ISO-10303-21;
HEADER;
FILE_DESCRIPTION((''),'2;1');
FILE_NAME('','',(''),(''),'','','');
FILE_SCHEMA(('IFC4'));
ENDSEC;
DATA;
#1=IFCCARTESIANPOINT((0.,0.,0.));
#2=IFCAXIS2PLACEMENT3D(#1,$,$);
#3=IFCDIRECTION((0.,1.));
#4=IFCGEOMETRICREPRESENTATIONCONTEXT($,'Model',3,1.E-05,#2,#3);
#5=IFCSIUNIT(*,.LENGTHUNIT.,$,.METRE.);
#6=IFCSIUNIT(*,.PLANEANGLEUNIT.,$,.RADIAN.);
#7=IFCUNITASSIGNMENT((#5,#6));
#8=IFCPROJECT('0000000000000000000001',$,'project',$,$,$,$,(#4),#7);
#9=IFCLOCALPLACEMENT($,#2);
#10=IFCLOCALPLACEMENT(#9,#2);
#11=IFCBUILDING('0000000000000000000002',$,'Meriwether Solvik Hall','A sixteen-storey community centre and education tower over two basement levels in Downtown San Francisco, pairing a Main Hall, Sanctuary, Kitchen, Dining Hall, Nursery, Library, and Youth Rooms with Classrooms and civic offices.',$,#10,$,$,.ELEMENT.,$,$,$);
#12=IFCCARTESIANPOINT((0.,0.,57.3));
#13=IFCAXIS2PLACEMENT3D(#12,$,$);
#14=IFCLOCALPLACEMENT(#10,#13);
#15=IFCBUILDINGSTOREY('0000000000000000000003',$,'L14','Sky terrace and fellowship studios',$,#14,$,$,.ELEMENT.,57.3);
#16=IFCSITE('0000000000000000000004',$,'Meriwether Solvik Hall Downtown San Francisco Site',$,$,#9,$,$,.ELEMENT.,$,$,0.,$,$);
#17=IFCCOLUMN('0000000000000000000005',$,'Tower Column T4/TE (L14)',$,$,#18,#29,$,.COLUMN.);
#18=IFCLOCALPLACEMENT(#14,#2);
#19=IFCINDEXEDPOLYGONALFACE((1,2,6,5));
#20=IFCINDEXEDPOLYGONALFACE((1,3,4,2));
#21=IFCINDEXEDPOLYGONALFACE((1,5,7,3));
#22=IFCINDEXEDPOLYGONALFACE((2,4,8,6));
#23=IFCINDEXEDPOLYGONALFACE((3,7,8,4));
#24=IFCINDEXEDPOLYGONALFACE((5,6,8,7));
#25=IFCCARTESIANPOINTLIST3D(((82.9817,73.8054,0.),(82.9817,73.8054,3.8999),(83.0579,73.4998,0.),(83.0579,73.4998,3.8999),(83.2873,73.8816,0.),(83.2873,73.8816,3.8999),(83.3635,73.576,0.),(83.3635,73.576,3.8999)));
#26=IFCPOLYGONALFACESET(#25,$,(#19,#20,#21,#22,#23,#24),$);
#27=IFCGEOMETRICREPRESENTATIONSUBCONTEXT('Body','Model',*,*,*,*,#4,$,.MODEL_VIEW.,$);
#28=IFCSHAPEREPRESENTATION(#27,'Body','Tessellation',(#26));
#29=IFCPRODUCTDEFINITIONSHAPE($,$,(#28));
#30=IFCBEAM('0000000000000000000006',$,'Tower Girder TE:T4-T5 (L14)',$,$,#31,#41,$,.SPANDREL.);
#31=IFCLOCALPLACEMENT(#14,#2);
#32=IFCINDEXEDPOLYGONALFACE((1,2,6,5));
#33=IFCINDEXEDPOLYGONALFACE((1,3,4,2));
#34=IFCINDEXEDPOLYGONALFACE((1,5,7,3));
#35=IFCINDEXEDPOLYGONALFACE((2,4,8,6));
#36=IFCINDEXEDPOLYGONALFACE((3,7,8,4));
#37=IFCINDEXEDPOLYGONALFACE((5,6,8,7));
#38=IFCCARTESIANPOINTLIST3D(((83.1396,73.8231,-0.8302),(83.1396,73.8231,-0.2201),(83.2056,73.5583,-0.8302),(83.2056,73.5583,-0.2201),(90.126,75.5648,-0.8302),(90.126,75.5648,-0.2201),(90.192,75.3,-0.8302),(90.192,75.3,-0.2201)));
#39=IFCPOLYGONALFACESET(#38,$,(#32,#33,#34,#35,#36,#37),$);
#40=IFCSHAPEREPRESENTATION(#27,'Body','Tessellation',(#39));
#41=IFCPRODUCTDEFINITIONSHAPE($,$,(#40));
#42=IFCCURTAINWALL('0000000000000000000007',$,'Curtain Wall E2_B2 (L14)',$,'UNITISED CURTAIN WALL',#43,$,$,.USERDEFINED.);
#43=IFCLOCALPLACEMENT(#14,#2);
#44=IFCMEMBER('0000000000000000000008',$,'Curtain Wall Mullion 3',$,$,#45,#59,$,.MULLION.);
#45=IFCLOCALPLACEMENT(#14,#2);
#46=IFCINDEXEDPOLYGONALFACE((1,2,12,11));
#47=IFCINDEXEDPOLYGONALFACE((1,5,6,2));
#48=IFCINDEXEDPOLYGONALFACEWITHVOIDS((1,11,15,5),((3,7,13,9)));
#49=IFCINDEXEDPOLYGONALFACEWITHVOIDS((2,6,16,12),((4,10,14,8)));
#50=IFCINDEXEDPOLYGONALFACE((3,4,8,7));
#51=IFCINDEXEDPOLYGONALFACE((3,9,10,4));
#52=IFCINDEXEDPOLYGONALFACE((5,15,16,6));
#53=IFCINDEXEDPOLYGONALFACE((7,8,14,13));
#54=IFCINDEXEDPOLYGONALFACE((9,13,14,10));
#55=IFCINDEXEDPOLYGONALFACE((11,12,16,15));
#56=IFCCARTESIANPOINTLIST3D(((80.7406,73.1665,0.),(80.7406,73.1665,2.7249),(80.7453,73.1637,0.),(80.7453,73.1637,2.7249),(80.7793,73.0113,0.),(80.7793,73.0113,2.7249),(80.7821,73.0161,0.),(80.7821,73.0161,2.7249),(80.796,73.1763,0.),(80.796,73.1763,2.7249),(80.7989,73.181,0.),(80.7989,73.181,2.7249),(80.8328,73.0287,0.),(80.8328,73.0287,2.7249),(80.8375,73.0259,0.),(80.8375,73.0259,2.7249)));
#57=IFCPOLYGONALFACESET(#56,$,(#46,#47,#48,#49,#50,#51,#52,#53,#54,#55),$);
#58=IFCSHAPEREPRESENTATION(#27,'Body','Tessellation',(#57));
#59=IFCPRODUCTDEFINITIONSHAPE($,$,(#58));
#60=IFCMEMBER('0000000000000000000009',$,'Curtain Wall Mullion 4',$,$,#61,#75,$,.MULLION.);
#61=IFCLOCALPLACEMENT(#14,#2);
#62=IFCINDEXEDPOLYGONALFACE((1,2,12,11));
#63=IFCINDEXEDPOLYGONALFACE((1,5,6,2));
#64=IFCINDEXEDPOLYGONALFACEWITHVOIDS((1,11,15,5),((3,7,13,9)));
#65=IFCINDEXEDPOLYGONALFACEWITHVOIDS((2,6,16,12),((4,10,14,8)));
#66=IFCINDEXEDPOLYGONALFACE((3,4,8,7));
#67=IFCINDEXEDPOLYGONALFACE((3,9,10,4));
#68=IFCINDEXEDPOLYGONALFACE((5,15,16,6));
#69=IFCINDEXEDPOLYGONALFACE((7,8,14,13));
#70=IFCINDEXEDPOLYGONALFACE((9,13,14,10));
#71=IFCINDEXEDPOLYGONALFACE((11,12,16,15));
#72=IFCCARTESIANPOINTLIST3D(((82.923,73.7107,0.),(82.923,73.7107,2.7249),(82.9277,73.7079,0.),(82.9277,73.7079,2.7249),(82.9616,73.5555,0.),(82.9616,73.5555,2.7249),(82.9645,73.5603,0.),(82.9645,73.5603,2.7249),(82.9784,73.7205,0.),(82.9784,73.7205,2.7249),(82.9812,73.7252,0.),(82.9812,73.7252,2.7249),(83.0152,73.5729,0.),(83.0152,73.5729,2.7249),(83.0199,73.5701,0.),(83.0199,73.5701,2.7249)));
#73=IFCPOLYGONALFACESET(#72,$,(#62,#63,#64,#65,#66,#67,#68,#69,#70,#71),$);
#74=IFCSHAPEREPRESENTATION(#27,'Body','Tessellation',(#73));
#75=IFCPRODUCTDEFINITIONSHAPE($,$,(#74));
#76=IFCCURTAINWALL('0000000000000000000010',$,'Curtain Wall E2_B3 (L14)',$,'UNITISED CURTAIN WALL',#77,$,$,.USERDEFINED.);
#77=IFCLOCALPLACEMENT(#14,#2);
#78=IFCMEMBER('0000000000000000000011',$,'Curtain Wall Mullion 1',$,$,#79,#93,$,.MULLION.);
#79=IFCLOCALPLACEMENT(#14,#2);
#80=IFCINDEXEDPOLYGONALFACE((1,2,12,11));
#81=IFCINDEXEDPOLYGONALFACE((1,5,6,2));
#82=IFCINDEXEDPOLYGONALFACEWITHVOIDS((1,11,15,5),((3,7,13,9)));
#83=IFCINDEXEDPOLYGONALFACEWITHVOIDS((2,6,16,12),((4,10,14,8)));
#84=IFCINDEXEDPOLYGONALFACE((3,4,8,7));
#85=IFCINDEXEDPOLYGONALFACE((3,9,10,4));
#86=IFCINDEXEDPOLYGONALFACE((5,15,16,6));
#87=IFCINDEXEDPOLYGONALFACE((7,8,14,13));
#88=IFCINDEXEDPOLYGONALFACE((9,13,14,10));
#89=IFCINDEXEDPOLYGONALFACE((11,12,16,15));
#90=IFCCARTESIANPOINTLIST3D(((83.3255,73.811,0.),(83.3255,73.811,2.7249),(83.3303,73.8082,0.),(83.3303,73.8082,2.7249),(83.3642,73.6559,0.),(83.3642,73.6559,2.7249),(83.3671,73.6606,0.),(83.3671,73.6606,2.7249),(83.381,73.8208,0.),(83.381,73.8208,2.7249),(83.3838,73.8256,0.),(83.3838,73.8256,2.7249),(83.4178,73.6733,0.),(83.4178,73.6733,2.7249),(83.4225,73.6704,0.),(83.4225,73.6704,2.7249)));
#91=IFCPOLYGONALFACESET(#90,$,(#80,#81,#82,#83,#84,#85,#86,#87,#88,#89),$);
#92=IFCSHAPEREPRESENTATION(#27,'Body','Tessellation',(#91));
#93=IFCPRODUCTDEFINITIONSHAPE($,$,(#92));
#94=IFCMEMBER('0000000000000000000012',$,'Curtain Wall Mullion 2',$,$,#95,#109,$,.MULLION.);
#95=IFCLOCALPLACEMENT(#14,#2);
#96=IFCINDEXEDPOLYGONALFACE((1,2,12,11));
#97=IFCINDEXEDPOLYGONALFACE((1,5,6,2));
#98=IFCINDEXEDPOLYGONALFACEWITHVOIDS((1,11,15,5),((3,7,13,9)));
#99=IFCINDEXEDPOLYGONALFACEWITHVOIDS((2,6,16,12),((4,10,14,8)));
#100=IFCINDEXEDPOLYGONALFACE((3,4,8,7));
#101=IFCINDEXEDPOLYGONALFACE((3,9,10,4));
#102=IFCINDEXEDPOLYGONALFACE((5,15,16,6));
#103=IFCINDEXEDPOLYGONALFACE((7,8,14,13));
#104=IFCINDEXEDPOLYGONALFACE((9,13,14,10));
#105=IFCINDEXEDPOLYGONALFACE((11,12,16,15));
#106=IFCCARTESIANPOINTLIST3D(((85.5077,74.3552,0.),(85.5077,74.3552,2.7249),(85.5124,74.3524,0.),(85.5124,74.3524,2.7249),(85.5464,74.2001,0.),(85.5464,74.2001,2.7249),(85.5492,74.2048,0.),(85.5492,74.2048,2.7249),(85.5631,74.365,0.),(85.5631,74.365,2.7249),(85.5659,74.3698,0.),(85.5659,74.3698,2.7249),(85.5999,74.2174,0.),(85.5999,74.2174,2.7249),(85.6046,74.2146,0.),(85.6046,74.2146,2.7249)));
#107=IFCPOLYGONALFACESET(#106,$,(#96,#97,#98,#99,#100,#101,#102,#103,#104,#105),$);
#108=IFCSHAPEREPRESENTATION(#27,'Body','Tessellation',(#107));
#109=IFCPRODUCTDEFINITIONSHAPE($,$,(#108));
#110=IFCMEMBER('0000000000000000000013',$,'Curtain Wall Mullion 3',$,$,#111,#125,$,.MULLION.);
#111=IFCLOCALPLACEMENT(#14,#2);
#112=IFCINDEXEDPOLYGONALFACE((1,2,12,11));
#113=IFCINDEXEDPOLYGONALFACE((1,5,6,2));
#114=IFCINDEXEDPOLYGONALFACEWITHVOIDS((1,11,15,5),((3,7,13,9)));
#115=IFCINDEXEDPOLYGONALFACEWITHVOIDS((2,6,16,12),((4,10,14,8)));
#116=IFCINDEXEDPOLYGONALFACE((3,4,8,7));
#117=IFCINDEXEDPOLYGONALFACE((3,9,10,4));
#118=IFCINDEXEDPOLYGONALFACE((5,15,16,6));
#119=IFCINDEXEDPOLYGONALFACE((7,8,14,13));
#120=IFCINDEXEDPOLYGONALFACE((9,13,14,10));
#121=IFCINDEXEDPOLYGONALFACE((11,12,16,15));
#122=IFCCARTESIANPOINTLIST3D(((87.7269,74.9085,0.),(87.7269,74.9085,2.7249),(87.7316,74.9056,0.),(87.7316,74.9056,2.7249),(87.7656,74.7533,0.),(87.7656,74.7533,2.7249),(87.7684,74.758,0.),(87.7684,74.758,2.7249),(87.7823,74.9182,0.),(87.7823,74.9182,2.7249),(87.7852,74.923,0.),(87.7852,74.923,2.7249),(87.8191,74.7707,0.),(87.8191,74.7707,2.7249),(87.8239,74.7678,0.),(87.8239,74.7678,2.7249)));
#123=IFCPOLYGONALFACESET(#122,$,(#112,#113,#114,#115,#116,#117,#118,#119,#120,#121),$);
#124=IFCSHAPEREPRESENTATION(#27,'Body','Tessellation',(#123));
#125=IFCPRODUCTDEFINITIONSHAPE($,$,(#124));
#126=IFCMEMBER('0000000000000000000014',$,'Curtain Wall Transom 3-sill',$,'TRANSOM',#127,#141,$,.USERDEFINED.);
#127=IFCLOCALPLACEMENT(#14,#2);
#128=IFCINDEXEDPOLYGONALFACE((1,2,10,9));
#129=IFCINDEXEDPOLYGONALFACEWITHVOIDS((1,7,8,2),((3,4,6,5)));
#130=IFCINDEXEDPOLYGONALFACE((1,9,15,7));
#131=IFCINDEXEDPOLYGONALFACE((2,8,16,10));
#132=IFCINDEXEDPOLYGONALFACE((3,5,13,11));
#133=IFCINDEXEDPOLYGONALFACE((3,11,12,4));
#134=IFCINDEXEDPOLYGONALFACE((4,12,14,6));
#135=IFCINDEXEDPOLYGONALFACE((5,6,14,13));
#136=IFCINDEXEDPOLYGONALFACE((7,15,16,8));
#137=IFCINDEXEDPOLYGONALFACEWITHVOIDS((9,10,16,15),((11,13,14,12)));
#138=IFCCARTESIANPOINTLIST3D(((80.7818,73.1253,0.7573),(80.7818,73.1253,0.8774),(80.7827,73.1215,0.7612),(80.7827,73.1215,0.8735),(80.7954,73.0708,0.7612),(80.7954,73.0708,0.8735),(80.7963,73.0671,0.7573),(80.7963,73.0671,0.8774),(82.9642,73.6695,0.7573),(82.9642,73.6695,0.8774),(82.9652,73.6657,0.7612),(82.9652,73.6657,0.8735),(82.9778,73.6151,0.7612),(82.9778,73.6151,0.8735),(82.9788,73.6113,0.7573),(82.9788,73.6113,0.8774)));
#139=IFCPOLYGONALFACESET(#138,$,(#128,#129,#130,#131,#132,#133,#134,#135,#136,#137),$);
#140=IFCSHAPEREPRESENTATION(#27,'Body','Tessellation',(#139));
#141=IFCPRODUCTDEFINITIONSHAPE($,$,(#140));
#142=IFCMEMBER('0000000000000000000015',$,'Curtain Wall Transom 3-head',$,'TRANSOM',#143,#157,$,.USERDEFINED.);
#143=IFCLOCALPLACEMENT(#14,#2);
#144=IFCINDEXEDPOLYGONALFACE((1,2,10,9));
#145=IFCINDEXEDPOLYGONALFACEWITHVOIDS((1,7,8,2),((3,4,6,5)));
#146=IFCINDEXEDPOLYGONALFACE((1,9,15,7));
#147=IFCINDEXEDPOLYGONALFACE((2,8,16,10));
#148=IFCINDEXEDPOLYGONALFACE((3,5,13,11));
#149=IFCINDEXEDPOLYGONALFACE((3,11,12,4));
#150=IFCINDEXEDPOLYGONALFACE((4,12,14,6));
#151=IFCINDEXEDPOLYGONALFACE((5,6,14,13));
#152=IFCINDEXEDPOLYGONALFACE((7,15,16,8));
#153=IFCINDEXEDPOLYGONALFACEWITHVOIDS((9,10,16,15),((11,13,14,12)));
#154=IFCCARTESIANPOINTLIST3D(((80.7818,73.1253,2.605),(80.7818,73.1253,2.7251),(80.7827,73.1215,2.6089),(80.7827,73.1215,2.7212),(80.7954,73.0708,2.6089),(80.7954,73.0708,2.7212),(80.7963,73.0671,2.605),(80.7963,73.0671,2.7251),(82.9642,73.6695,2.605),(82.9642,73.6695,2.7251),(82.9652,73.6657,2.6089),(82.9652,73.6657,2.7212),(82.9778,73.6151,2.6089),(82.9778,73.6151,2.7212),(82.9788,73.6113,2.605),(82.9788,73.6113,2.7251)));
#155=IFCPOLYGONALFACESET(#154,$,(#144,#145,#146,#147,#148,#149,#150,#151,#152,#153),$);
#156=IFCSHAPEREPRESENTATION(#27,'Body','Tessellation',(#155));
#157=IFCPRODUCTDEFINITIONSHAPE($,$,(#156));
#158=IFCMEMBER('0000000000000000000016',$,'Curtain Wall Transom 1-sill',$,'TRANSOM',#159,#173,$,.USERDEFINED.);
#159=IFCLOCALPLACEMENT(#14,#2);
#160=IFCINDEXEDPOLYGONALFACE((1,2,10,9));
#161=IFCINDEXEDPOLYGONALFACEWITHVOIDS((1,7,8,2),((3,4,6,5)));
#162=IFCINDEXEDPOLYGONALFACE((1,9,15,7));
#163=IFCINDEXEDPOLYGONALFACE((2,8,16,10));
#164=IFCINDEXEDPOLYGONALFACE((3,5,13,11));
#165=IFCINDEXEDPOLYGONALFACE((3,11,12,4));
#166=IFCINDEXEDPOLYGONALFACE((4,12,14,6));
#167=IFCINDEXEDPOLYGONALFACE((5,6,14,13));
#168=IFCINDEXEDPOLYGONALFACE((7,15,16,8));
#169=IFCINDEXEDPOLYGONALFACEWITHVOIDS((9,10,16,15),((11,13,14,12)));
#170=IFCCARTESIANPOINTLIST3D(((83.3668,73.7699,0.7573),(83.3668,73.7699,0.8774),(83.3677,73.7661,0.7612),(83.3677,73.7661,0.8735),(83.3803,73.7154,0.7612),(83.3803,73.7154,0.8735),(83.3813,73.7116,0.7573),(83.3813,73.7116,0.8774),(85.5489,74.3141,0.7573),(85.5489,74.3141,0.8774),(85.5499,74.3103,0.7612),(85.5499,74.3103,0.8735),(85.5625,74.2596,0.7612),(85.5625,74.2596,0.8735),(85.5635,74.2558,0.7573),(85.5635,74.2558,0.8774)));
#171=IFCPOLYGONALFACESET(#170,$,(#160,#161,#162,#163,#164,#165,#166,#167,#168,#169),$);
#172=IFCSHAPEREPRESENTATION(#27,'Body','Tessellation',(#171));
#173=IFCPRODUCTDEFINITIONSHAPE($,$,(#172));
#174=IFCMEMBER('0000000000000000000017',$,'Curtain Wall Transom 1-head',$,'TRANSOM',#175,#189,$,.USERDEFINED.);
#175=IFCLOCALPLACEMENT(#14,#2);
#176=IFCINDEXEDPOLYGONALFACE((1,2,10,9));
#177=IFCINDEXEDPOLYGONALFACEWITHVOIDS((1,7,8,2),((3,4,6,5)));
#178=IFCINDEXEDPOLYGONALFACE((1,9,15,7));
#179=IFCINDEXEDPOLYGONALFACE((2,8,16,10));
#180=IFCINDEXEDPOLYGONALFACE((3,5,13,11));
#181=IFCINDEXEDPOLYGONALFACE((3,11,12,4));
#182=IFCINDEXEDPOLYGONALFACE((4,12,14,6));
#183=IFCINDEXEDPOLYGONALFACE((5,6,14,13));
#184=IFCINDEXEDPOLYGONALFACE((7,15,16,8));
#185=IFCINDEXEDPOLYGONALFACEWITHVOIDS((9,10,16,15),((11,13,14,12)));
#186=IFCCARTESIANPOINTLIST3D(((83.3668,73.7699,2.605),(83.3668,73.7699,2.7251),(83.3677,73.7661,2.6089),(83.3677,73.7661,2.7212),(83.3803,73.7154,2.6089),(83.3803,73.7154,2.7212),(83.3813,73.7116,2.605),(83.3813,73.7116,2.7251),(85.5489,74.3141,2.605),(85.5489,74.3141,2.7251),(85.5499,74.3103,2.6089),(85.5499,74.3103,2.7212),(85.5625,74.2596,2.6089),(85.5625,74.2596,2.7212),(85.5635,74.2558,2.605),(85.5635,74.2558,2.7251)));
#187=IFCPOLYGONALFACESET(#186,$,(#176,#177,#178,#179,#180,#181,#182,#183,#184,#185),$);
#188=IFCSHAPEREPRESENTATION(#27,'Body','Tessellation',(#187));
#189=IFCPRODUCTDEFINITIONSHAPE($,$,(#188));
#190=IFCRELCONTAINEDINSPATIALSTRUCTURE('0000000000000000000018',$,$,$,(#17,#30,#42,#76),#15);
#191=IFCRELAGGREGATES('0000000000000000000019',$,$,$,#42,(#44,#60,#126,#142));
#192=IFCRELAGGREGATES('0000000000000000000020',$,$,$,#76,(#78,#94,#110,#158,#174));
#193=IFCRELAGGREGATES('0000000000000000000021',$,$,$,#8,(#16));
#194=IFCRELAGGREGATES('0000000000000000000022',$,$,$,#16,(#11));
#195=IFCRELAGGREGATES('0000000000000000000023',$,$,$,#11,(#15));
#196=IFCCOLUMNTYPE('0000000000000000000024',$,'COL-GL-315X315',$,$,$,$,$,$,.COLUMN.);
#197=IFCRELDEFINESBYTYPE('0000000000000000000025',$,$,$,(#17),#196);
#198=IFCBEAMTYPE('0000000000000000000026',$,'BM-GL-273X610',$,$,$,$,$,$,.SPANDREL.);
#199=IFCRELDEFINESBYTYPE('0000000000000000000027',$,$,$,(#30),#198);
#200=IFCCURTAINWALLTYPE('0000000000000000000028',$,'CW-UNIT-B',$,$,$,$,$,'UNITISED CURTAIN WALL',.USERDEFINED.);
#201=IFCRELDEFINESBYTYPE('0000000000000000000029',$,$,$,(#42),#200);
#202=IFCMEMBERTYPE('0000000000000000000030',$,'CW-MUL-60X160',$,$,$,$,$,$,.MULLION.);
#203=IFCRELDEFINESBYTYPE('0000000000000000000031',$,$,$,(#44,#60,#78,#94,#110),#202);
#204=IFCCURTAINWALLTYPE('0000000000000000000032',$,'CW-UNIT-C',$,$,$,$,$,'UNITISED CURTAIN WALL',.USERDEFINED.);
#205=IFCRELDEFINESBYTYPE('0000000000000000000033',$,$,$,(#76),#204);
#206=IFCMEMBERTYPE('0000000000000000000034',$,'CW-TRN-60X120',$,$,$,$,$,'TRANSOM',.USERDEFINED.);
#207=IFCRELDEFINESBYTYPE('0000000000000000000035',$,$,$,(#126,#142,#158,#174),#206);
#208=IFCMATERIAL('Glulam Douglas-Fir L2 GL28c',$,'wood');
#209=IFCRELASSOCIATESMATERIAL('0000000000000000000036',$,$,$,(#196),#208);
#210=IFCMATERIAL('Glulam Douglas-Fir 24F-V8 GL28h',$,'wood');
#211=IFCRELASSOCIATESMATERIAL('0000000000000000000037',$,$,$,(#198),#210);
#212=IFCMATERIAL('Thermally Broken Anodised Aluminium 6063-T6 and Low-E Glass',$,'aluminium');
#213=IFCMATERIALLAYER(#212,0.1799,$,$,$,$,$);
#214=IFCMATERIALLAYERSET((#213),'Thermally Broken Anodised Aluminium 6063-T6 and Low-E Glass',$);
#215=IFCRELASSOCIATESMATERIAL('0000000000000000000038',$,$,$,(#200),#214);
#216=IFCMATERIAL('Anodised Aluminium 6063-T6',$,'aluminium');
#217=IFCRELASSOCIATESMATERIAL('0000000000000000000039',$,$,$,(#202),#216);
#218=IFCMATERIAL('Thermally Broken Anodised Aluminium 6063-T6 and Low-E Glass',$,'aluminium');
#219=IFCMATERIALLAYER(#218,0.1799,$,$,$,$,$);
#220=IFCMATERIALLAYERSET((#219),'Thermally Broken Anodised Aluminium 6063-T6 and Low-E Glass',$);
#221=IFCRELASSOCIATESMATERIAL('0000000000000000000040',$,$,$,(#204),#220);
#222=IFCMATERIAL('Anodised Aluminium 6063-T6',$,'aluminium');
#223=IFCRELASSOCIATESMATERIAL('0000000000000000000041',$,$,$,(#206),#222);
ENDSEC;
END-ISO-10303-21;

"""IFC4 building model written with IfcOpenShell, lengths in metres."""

from ifc_helpers import new_model, si_unit, direction, frame, origin, origin_2d, place, context, subcontext, project, spatial, rectangle, hollow_rectangle, extrude, material, layer, layer_set, material_profile, profile_set, type_object, element, aggregate, save


model = new_model("IFC4")

# Units and contexts
model_context = context("Model", 3, precision=1e-05, world=origin(), true_north=direction((0.0, 1.0)))
body_context = subcontext(model_context, "Body", "Model", "MODEL_VIEW")
ifc_project = project(units=[si_unit("LENGTHUNIT", "METRE"), si_unit("PLANEANGLEUNIT", "RADIAN")], contexts=[model_context])

# Site, building, storey
site_placement = place(None, origin())
site = spatial("IfcSite", under=ifc_project, at=site_placement, Name="Meriwether Solvik Hall Downtown San Francisco Site", CompositionType="ELEMENT", RefElevation=0.0)
building_placement = place(site_placement, origin())
building = spatial("IfcBuilding", under=site, at=building_placement, Name="Meriwether Solvik Hall", Description="A sixteen-storey community centre and education tower over two basement levels in Downtown San Francisco, pairing a Main Hall, Sanctuary, Kitchen, Dining Hall, Nursery, Library, and Youth Rooms with Classrooms and civic offices.", CompositionType="ELEMENT")
storey_placement = place(building_placement, frame((0.0, 0.0, 57.3)))
storey = spatial("IfcBuildingStorey", under=building, at=storey_placement, Name="L14", Description="Sky terrace and fellowship studios", CompositionType="ELEMENT", Elevation=57.3)

# Column
ifc_material_1 = material(Name="Glulam Douglas-Fir L2 GL28c", Category="wood")
ifc_material_profile_1 = material_profile(ifc_material_1, rectangle(XDim=0.3149, YDim=0.3149, at=origin_2d()), Name="GLC-315X315")
ifc_profile_set_1 = profile_set([ifc_material_profile_1], Name="Glulam Douglas-Fir L2 GL28c")
column_type = type_object("IfcColumnType", Name="COL-GL-315X315", PredefinedType="COLUMN", material=ifc_profile_set_1)
column_placement = place(storey_placement, frame((83.1726, 73.6907, 0.0), z_axis=(0.0, 0.0, 1.0), x_axis=(0.970296, 0.241922, 0.0)))
element("IfcColumn", 1, at=column_placement, inside=storey, type_object=column_type, Name="Tower Column T4/TE (L14)", PredefinedType="COLUMN", context=body_context, shape_type="SweptSolid", body=[
    extrude(rectangle(XDim=0.3149, YDim=0.3149, at=origin_2d()), origin(), (0.0, 0.0, 1.0), 3.8999),
])

# Beam
ifc_material_2 = material(Name="Glulam Douglas-Fir 24F-V8 GL28h", Category="wood")
ifc_material_profile_2 = material_profile(ifc_material_2, rectangle(XDim=0.2729, YDim=0.6101, at=origin_2d()), Name="GLB-273X610")
ifc_profile_set_2 = profile_set([ifc_material_profile_2], Name="Glulam Douglas-Fir 24F-V8 GL28h")
beam_type_1 = type_object("IfcBeamType", Name="BM-GL-273X610", PredefinedType="SPANDREL", material=ifc_profile_set_2)
beam_1_placement = place(storey_placement, frame((83.1726, 73.6907, -0.5251), z_axis=(0.970302, 0.241897, 0.0), x_axis=(-0.241897, 0.970302, 0.0)))
element("IfcBeam", 2, at=beam_1_placement, inside=storey, type_object=beam_type_1, Name="Tower Girder TE:T4-T5 (L14)", PredefinedType="SPANDREL", context=body_context, shape_type="SweptSolid", body=[
    extrude(rectangle(XDim=0.2729, YDim=0.6101, at=origin_2d()), origin(), (0.0, 0.0, 1.0), 7.2002),
])

# Curtain walls, members
ifc_material_3 = material(Name="Thermally Broken Anodised Aluminium 6063-T6 and Low-E Glass", Category="aluminium")
ifc_layer_1 = layer(ifc_material_3, 0.1799)
ifc_layer_set_1 = layer_set([ifc_layer_1], Name="Thermally Broken Anodised Aluminium 6063-T6 and Low-E Glass")
curtain_wall_type_1 = type_object("IfcCurtainWallType", Name="CW-UNIT-B", ElementType="UNITISED CURTAIN WALL", PredefinedType="USERDEFINED", material=ifc_layer_set_1)
curtain_wall_1_placement = place(storey_placement, origin())
curtain_wall_1 = element("IfcCurtainWall", 3, at=curtain_wall_1_placement, inside=storey, type_object=curtain_wall_type_1, Name="Curtain Wall E2_B2 (L14)", ObjectType="UNITISED CURTAIN WALL", PredefinedType="USERDEFINED")
ifc_material_4 = material(Name="Anodised Aluminium 6063-T6", Category="aluminium")
ifc_material_profile_3 = material_profile(ifc_material_4, hollow_rectangle(XDim=0.0601, YDim=0.1599, WallThickness=0.0039, at=origin_2d()), Name="CWM-60X160")
ifc_profile_set_3 = profile_set([ifc_material_profile_3], Name="Anodised Aluminium 6063-T6")
member_type_1 = type_object("IfcMemberType", Name="CW-MUL-60X160", PredefinedType="MULLION", material=ifc_profile_set_3)
member_1_placement = place(storey_placement, frame((80.7891, 73.0962, 0.0), z_axis=(0.0, 0.0, 1.0), x_axis=(0.970296, 0.241922, 0.0)))
member_1 = element("IfcMember", 4, at=member_1_placement, type_object=member_type_1, Name="Curtain Wall Mullion 3", PredefinedType="MULLION", context=body_context, shape_type="SweptSolid", body=[
    extrude(hollow_rectangle(XDim=0.0601, YDim=0.1599, WallThickness=0.0039, at=origin_2d()), origin(), (0.0, 0.0, 1.0), 2.7249),
])
member_2_placement = place(storey_placement, frame((82.9714, 73.6404, 0.0), z_axis=(0.0, 0.0, 1.0), x_axis=(0.970296, 0.241922, 0.0)))
member_2 = element("IfcMember", 5, at=member_2_placement, type_object=member_type_1, Name="Curtain Wall Mullion 4", PredefinedType="MULLION", context=body_context, shape_type="SweptSolid", body=[
    extrude(hollow_rectangle(XDim=0.0601, YDim=0.1599, WallThickness=0.0039, at=origin_2d()), origin(), (0.0, 0.0, 1.0), 2.7249),
])
ifc_material_5 = material(Name="Thermally Broken Anodised Aluminium 6063-T6 and Low-E Glass", Category="aluminium")
ifc_layer_2 = layer(ifc_material_5, 0.1799)
ifc_layer_set_2 = layer_set([ifc_layer_2], Name="Thermally Broken Anodised Aluminium 6063-T6 and Low-E Glass")
curtain_wall_type_2 = type_object("IfcCurtainWallType", Name="CW-UNIT-C", ElementType="UNITISED CURTAIN WALL", PredefinedType="USERDEFINED", material=ifc_layer_set_2)
curtain_wall_2_placement = place(storey_placement, origin())
curtain_wall_2 = element("IfcCurtainWall", 6, at=curtain_wall_2_placement, inside=storey, type_object=curtain_wall_type_2, Name="Curtain Wall E2_B3 (L14)", ObjectType="UNITISED CURTAIN WALL", PredefinedType="USERDEFINED")
member_3_placement = place(storey_placement, frame((83.374, 73.7407, 0.0), z_axis=(0.0, 0.0, 1.0), x_axis=(0.970296, 0.241922, 0.0)))
member_3 = element("IfcMember", 7, at=member_3_placement, type_object=member_type_1, Name="Curtain Wall Mullion 1", PredefinedType="MULLION", context=body_context, shape_type="SweptSolid", body=[
    extrude(hollow_rectangle(XDim=0.0601, YDim=0.1599, WallThickness=0.0039, at=origin_2d()), origin(), (0.0, 0.0, 1.0), 2.7249),
])
member_4_placement = place(storey_placement, frame((85.5562, 74.2849, 0.0), z_axis=(0.0, 0.0, 1.0), x_axis=(0.970296, 0.241922, 0.0)))
member_4 = element("IfcMember", 8, at=member_4_placement, type_object=member_type_1, Name="Curtain Wall Mullion 2", PredefinedType="MULLION", context=body_context, shape_type="SweptSolid", body=[
    extrude(hollow_rectangle(XDim=0.0601, YDim=0.1599, WallThickness=0.0039, at=origin_2d()), origin(), (0.0, 0.0, 1.0), 2.7249),
])
member_5_placement = place(storey_placement, frame((87.7754, 74.8381, 0.0), z_axis=(0.0, 0.0, 1.0), x_axis=(0.970296, 0.241922, 0.0)))
member_5 = element("IfcMember", 9, at=member_5_placement, type_object=member_type_1, Name="Curtain Wall Mullion 3", PredefinedType="MULLION", context=body_context, shape_type="SweptSolid", body=[
    extrude(hollow_rectangle(XDim=0.0601, YDim=0.1599, WallThickness=0.0039, at=origin_2d()), origin(), (0.0, 0.0, 1.0), 2.7249),
])

# Members
ifc_material_6 = material(Name="Anodised Aluminium 6063-T6", Category="aluminium")
ifc_material_profile_4 = material_profile(ifc_material_6, hollow_rectangle(XDim=0.0601, YDim=0.1201, WallThickness=0.0039, at=origin_2d()), Name="CWT-60X120")
ifc_profile_set_4 = profile_set([ifc_material_profile_4], Name="Anodised Aluminium 6063-T6")
member_type_2 = type_object("IfcMemberType", Name="CW-TRN-60X120", ElementType="TRANSOM", PredefinedType="USERDEFINED", material=ifc_profile_set_4)
member_6_placement = place(storey_placement, frame((80.7891, 73.0962, 0.8174), z_axis=(0.970289, 0.241948, 0.0), x_axis=(-0.241948, 0.970289, 0.0)))
member_6 = element("IfcMember", 10, at=member_6_placement, type_object=member_type_2, Name="Curtain Wall Transom 3-sill", ObjectType="TRANSOM", PredefinedType="USERDEFINED", context=body_context, shape_type="SweptSolid", body=[
    extrude(hollow_rectangle(XDim=0.0601, YDim=0.1201, WallThickness=0.0039, at=origin_2d()), origin(), (0.0, 0.0, 1.0), 2.2493),
])
member_7_placement = place(storey_placement, frame((80.7891, 73.0962, 2.665), z_axis=(0.970289, 0.241948, 0.0), x_axis=(-0.241948, 0.970289, 0.0)))
member_7 = element("IfcMember", 11, at=member_7_placement, type_object=member_type_2, Name="Curtain Wall Transom 3-head", ObjectType="TRANSOM", PredefinedType="USERDEFINED", context=body_context, shape_type="SweptSolid", body=[
    extrude(hollow_rectangle(XDim=0.0601, YDim=0.1201, WallThickness=0.0039, at=origin_2d()), origin(), (0.0, 0.0, 1.0), 2.2493),
])
member_8_placement = place(storey_placement, frame((83.374, 73.7407, 0.8174), z_axis=(0.970283, 0.241974, 0.0), x_axis=(-0.241974, 0.970283, 0.0)))
member_8 = element("IfcMember", 12, at=member_8_placement, type_object=member_type_2, Name="Curtain Wall Transom 1-sill", ObjectType="TRANSOM", PredefinedType="USERDEFINED", context=body_context, shape_type="SweptSolid", body=[
    extrude(hollow_rectangle(XDim=0.0601, YDim=0.1201, WallThickness=0.0039, at=origin_2d()), origin(), (0.0, 0.0, 1.0), 2.249),
])
member_9_placement = place(storey_placement, frame((83.374, 73.7407, 2.665), z_axis=(0.970283, 0.241974, 0.0), x_axis=(-0.241974, 0.970283, 0.0)))
member_9 = element("IfcMember", 13, at=member_9_placement, type_object=member_type_2, Name="Curtain Wall Transom 1-head", ObjectType="TRANSOM", PredefinedType="USERDEFINED", context=body_context, shape_type="SweptSolid", body=[
    extrude(hollow_rectangle(XDim=0.0601, YDim=0.1201, WallThickness=0.0039, at=origin_2d()), origin(), (0.0, 0.0, 1.0), 2.249),
])

aggregate(curtain_wall_1, [member_1, member_2, member_6, member_7])
aggregate(curtain_wall_2, [member_3, member_4, member_5, member_8, member_9])

save(model, "model.ifc")
